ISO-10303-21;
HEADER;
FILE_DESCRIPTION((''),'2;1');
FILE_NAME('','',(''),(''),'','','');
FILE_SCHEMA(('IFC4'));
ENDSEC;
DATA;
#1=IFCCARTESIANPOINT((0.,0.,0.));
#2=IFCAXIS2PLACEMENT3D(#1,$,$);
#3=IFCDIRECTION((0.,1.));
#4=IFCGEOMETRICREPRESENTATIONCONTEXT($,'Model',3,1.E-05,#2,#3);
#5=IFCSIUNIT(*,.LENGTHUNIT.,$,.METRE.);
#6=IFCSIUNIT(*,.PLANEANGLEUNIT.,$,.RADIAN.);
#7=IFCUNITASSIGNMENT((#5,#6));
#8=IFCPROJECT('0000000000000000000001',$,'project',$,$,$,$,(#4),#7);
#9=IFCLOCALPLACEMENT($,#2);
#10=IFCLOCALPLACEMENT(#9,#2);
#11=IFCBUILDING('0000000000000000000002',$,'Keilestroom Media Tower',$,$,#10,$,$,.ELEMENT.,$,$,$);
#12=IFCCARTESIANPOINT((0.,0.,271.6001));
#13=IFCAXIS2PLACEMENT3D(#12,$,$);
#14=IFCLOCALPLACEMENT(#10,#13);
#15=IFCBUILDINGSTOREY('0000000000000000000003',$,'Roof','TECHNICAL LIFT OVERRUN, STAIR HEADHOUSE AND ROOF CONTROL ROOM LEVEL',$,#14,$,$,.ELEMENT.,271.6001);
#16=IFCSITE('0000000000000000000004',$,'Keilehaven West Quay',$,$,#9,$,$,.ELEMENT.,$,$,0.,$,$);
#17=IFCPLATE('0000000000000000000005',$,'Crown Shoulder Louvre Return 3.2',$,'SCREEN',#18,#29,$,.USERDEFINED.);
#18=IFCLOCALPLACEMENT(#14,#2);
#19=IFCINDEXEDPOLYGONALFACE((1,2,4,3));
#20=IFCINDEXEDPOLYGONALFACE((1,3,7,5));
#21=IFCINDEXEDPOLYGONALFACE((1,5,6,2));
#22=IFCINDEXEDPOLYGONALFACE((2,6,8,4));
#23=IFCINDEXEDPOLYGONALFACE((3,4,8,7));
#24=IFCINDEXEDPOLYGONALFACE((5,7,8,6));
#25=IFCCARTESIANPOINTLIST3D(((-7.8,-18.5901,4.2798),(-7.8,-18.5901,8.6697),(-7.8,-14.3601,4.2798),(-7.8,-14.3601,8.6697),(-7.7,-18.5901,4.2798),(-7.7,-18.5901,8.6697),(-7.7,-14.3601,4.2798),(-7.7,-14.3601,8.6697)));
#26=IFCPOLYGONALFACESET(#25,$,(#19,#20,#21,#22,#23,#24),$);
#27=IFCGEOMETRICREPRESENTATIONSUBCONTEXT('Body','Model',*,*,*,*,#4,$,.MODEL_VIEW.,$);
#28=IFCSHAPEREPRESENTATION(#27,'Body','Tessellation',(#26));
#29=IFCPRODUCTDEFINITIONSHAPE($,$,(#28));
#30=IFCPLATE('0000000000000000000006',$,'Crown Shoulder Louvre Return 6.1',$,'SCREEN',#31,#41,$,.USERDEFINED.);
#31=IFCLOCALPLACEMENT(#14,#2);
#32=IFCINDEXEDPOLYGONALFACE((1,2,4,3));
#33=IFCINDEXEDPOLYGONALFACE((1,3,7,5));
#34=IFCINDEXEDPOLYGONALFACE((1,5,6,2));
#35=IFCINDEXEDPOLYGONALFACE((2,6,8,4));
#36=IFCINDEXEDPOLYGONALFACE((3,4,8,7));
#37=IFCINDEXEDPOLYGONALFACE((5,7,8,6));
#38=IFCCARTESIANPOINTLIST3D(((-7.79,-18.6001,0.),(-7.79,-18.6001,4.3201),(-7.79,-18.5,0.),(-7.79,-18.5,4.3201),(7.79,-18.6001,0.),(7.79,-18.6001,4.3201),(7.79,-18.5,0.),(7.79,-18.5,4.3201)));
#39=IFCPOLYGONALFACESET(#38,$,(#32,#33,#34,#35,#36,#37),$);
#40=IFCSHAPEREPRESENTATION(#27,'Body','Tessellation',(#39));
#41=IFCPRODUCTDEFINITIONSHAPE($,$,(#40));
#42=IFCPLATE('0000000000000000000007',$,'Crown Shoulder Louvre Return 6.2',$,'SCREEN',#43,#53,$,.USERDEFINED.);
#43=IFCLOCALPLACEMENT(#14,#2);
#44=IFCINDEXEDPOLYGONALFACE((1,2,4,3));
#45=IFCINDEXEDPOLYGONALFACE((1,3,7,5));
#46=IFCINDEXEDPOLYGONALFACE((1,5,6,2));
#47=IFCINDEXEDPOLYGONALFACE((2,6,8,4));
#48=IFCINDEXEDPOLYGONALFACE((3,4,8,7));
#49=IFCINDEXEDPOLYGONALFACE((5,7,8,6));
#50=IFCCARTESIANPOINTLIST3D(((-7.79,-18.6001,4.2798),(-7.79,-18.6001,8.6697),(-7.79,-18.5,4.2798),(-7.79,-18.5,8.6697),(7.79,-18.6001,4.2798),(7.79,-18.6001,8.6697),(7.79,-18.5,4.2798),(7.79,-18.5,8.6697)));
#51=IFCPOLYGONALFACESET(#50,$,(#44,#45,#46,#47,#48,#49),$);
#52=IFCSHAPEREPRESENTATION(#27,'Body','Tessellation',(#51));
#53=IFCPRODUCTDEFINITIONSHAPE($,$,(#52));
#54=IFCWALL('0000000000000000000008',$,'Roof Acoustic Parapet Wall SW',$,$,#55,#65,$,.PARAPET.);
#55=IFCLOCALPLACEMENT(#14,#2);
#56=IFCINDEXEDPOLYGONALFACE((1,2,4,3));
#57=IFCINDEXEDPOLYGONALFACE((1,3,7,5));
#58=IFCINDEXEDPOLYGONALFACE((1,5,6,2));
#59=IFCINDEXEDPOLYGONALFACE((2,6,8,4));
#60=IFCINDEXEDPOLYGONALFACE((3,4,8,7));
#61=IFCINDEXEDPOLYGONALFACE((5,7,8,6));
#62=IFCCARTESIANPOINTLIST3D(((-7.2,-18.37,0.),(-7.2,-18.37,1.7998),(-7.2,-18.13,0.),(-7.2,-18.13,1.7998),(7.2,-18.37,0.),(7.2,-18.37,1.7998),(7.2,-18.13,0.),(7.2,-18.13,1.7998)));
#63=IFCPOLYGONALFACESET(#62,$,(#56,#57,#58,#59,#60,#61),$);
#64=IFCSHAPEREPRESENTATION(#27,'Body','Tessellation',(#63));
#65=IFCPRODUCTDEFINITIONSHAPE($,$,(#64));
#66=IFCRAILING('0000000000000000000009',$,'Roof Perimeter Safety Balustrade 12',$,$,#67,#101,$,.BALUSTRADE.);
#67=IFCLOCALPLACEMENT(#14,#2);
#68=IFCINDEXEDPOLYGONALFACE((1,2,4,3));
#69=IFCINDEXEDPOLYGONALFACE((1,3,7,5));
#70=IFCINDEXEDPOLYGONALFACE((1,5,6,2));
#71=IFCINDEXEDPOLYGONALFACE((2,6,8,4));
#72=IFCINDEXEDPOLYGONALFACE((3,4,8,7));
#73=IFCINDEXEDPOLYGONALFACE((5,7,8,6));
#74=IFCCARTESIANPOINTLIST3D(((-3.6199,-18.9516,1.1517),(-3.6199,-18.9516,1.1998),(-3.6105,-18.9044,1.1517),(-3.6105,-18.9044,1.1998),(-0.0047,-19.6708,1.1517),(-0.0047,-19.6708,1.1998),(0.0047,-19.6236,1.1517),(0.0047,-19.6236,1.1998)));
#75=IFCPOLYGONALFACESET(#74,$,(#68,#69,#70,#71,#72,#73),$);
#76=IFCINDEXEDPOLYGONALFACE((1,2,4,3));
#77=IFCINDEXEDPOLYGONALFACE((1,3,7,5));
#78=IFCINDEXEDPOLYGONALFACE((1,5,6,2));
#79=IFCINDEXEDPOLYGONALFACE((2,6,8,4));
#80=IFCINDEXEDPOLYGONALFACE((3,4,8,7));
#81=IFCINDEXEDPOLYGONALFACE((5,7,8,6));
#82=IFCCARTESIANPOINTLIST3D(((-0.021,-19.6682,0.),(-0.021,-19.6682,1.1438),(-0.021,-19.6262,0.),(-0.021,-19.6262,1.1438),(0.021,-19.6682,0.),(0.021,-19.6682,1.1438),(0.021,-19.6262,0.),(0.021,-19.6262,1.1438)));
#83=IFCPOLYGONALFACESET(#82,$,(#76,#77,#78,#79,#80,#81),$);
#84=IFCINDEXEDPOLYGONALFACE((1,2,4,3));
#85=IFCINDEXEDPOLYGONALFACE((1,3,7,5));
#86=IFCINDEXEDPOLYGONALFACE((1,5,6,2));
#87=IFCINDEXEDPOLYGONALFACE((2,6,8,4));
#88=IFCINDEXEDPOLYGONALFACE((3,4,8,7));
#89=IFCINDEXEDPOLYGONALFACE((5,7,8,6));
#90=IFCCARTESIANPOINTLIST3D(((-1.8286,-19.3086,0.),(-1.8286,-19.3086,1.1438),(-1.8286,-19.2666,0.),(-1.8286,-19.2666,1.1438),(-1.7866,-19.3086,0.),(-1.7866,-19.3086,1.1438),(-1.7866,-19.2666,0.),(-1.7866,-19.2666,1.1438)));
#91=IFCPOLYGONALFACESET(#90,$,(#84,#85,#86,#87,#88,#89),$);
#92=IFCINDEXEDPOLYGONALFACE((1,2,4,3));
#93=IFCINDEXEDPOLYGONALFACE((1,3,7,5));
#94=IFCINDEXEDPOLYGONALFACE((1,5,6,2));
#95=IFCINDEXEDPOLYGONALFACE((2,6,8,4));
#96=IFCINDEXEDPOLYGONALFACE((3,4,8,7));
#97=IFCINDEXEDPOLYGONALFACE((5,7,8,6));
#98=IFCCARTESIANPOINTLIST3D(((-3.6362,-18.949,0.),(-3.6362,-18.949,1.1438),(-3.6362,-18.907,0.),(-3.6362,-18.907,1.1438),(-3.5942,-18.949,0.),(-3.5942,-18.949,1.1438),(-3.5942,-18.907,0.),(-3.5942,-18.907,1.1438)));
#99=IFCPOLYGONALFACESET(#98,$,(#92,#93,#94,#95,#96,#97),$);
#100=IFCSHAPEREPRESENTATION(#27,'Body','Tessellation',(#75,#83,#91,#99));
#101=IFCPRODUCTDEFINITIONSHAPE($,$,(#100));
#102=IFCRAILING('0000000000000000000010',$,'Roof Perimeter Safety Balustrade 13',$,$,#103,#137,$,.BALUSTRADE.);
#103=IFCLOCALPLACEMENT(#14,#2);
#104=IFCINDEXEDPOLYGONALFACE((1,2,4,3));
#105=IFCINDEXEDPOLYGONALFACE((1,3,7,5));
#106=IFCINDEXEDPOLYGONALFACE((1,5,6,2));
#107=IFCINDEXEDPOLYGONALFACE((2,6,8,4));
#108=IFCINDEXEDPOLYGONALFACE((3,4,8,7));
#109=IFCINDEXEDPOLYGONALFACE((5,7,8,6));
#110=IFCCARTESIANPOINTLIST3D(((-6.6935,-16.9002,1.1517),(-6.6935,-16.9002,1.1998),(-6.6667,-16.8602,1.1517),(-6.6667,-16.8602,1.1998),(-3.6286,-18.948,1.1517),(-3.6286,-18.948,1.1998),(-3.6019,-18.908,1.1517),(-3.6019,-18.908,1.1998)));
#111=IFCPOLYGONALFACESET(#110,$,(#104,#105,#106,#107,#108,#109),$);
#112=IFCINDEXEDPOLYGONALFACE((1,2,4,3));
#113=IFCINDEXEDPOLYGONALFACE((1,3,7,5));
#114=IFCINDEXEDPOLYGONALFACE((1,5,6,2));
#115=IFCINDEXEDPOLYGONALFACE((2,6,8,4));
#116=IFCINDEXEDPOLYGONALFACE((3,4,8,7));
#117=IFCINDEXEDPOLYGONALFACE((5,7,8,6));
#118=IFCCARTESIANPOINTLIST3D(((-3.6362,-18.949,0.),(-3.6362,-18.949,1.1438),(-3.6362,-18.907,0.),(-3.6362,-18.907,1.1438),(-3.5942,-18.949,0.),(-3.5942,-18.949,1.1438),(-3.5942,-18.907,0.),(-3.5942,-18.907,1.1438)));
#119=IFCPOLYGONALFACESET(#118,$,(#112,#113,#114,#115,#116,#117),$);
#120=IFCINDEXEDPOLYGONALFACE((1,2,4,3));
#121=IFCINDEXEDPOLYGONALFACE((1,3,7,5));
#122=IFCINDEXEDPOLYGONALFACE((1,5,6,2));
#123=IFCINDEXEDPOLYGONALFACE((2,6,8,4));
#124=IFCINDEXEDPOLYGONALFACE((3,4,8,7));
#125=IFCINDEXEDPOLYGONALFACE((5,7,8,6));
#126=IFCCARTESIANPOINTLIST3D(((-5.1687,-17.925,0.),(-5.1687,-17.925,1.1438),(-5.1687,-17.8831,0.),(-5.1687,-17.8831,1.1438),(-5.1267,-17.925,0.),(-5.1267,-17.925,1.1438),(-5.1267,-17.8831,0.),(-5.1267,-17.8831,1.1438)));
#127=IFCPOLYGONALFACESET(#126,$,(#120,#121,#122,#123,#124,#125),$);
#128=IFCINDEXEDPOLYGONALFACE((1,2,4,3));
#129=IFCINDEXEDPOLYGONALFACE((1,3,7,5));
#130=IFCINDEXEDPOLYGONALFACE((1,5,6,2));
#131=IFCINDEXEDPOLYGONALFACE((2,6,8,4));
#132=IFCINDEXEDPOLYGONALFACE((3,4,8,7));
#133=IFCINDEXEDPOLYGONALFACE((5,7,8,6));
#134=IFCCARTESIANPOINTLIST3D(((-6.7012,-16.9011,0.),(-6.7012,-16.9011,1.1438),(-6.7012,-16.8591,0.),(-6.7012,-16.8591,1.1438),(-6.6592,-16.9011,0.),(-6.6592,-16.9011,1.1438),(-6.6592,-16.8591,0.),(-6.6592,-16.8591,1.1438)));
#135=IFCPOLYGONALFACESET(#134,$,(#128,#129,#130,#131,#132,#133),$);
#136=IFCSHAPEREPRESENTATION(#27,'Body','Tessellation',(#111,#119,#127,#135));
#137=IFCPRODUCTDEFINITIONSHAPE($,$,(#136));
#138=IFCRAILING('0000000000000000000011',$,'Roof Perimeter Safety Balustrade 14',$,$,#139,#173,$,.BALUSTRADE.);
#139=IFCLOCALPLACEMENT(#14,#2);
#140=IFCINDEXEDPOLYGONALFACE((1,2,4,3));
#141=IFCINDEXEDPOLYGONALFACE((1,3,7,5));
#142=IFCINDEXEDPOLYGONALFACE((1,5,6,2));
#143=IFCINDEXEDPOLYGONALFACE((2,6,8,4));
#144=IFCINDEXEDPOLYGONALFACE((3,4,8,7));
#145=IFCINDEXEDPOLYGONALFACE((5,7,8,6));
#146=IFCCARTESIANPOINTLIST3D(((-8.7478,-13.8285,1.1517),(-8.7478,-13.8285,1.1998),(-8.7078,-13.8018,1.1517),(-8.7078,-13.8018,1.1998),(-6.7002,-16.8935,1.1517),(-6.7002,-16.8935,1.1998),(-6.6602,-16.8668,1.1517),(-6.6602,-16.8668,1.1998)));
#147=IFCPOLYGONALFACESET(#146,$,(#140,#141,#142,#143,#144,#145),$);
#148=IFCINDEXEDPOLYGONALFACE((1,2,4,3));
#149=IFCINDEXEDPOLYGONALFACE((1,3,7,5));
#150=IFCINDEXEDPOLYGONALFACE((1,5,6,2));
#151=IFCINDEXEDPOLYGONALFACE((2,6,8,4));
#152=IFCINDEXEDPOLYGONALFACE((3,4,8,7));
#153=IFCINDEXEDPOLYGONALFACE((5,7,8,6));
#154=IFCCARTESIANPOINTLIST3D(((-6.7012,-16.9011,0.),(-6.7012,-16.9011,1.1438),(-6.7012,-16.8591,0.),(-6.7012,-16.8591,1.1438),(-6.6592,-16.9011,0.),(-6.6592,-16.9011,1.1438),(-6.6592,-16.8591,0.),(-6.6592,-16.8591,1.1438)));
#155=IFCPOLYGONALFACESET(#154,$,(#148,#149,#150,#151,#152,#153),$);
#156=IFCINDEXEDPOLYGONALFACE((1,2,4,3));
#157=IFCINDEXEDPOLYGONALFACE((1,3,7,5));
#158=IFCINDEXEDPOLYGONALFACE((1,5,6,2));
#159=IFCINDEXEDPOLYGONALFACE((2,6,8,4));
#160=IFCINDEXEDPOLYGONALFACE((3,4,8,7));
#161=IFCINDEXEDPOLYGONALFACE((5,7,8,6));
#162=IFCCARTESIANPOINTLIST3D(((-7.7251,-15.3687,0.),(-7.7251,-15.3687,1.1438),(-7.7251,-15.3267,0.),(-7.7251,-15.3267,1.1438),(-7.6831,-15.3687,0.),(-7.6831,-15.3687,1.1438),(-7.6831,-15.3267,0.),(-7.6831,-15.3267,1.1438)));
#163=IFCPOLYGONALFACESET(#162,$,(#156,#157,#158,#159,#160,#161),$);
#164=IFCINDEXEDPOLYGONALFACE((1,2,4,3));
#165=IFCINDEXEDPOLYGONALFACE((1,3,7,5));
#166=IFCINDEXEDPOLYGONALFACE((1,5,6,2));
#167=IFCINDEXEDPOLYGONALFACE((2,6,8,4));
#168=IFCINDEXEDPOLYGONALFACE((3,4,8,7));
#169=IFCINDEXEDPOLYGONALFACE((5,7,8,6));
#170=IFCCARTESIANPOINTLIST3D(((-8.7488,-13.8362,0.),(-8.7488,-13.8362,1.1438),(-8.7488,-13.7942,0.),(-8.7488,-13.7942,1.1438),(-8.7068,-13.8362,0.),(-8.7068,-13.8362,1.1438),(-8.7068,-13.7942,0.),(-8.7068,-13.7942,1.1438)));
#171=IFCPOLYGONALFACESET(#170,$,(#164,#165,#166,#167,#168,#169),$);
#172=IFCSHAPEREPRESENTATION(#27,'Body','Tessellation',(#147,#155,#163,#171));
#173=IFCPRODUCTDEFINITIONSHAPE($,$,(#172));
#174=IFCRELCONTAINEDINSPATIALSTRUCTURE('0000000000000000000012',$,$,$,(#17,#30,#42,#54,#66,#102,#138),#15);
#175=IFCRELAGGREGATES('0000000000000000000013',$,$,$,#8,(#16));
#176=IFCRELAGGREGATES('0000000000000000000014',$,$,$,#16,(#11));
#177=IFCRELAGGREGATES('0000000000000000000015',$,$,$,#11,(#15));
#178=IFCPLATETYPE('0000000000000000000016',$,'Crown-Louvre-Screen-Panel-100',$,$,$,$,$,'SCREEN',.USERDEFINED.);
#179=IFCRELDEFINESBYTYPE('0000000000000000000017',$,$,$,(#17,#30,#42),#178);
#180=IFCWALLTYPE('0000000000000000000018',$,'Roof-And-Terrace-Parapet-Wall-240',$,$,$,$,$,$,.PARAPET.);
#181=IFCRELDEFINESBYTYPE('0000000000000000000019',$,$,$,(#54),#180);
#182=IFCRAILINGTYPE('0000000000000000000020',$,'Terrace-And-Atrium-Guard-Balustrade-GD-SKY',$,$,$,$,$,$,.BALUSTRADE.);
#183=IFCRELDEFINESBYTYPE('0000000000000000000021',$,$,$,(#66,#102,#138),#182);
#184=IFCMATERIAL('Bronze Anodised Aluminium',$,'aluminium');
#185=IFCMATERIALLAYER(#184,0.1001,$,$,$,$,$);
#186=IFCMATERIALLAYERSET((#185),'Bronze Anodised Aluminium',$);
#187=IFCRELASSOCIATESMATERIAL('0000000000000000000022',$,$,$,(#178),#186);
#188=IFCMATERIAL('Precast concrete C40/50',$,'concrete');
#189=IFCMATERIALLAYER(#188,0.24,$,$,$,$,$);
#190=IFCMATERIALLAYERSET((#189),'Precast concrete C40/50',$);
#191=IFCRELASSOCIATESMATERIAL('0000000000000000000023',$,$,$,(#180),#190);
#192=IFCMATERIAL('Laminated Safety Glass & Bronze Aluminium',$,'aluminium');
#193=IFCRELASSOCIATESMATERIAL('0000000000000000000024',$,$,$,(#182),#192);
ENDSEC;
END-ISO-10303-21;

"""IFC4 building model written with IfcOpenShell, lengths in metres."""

from ifc_helpers import new_model, si_unit, direction, frame, frame_2d, origin, origin_2d, place, context, subcontext, project, spatial, rectangle, extrude, source, transform, mapped, material, layer, layer_set, type_object, element, save


model = new_model("IFC4")

# Units and contexts
model_context = context("Model", 3, precision=1e-05, world=origin(), true_north=direction((0.0, 1.0)))
body_context = subcontext(model_context, "Body", "Model", "MODEL_VIEW")
ifc_project = project(units=[si_unit("LENGTHUNIT", "METRE"), si_unit("PLANEANGLEUNIT", "RADIAN")], contexts=[model_context])

# Site, building, storey
site_placement = place(None, origin())
site = spatial("IfcSite", under=ifc_project, at=site_placement, Name="Keilehaven West Quay", CompositionType="ELEMENT", RefElevation=0.0)
building_placement = place(site_placement, origin())
building = spatial("IfcBuilding", under=site, at=building_placement, Name="Keilestroom Media Tower", CompositionType="ELEMENT")
storey_placement = place(building_placement, frame((0.0, 0.0, 271.6001)))
storey = spatial("IfcBuildingStorey", under=building, at=storey_placement, Name="Roof", Description="TECHNICAL LIFT OVERRUN, STAIR HEADHOUSE AND ROOF CONTROL ROOM LEVEL", CompositionType="ELEMENT", Elevation=271.6001)

# Shared definitions
ifc_material_1 = material(Name="Precast concrete C40/50", Category="concrete")

# Plates
ifc_material_2 = material(Name="Bronze Anodised Aluminium", Category="aluminium")
ifc_layer_1 = layer(ifc_material_2, 0.1001)
ifc_layer_set_1 = layer_set([ifc_layer_1], Name="Bronze Anodised Aluminium")
plate_type = type_object("IfcPlateType", Name="Crown-Louvre-Screen-Panel-100", ElementType="SCREEN", PredefinedType="USERDEFINED", material=ifc_layer_set_1)
shared_shape_1 = source(origin(), body_context, "Body", "SweptSolid", [
    extrude(rectangle(XDim=4.23, YDim=0.1001, at=origin_2d()), origin(), (0.0, 0.0, 1.0), 4.3899),
])
plate_1_placement = place(storey_placement, frame((-7.75, -16.4751, 4.2798), z_axis=(0.0, 0.0, 1.0), x_axis=(0.0, 1.0, 0.0)))
element("IfcPlate", 1, at=plate_1_placement, inside=storey, type_object=plate_type, Name="Crown Shoulder Louvre Return 3.2", ObjectType="SCREEN", PredefinedType="USERDEFINED", context=body_context, shape_type="MappedRepresentation", body=[
    mapped(shared_shape_1, transform((0.0, 0.0, 0.0), x_axis=(1.0, 0.0, 0.0), y_axis=(0.0, 1.0, 0.0), z_axis=(0.0, 0.0, 1.0), scale=1.0)),
])
shared_shape_2 = source(origin(), body_context, "Body", "SweptSolid", [
    extrude(rectangle(XDim=15.5801, YDim=0.1001, at=origin_2d()), origin(), (0.0, 0.0, 1.0), 4.3201),
])
plate_2_placement = place(storey_placement, frame((0.0, -18.55, 0.0), z_axis=(0.0, 0.0, 1.0), x_axis=(1.0, 0.0, 0.0)))
element("IfcPlate", 2, at=plate_2_placement, inside=storey, type_object=plate_type, Name="Crown Shoulder Louvre Return 6.1", ObjectType="SCREEN", PredefinedType="USERDEFINED", context=body_context, shape_type="MappedRepresentation", body=[
    mapped(shared_shape_2, transform((0.0, 0.0, 0.0), x_axis=(1.0, 0.0, 0.0), y_axis=(0.0, 1.0, 0.0), z_axis=(0.0, 0.0, 1.0), scale=1.0)),
])
shared_shape_3 = source(origin(), body_context, "Body", "SweptSolid", [
    extrude(rectangle(XDim=15.5801, YDim=0.1001, at=origin_2d()), origin(), (0.0, 0.0, 1.0), 4.3899),
])
plate_3_placement = place(storey_placement, frame((0.0, -18.55, 4.2798), z_axis=(0.0, 0.0, 1.0), x_axis=(1.0, 0.0, 0.0)))
element("IfcPlate", 3, at=plate_3_placement, inside=storey, type_object=plate_type, Name="Crown Shoulder Louvre Return 6.2", ObjectType="SCREEN", PredefinedType="USERDEFINED", context=body_context, shape_type="MappedRepresentation", body=[
    mapped(shared_shape_3, transform((0.0, 0.0, 0.0), x_axis=(1.0, 0.0, 0.0), y_axis=(0.0, 1.0, 0.0), z_axis=(0.0, 0.0, 1.0), scale=1.0)),
])

# Wall
ifc_layer_2 = layer(ifc_material_1, 0.24)
ifc_layer_set_2 = layer_set([ifc_layer_2], Name="Precast concrete C40/50")
wall_type = type_object("IfcWallType", Name="Roof-And-Terrace-Parapet-Wall-240", PredefinedType="PARAPET", material=ifc_layer_set_2)
wall_placement = place(storey_placement, frame((-7.2, -18.25, 0.0), z_axis=(0.0, 0.0, 1.0), x_axis=(1.0, 0.0, 0.0)))
element("IfcWall", 4, at=wall_placement, inside=storey, type_object=wall_type, Name="Roof Acoustic Parapet Wall SW", PredefinedType="PARAPET", context=body_context, shape_type="SweptSolid", body=[
    extrude(rectangle(XDim=14.3999, YDim=0.24, at=frame_2d((7.2, 0.0))), origin(), (0.0, 0.0, 1.0), 1.7998),
])

# Railings
ifc_material_3 = material(Name="Laminated Safety Glass & Bronze Aluminium", Category="aluminium")
railing_type = type_object("IfcRailingType", Name="Terrace-And-Atrium-Guard-Balustrade-GD-SKY", PredefinedType="BALUSTRADE", material=ifc_material_3)
railing_1_placement = place(storey_placement, frame((0.0, -19.6472, 0.0)))
element("IfcRailing", 5, at=railing_1_placement, inside=storey, type_object=railing_type, Name="Roof Perimeter Safety Balustrade 12", PredefinedType="BALUSTRADE", context=body_context, shape_type="SweptSolid", body=[
    extrude(rectangle(XDim=0.0481, YDim=0.0481, at=origin_2d()), frame((0.0, 0.0, 1.1758), z_axis=(-0.980779, 0.195123, 0.0), x_axis=(-0.195123, -0.980779, 0.0)), (0.0, 0.0, 1.0), 3.686),
    extrude(rectangle(XDim=0.042, YDim=0.042, at=origin_2d()), origin(), (0.0, 0.0, 1.0), 1.1438),
    extrude(rectangle(XDim=0.042, YDim=0.042, at=origin_2d()), frame((-1.8076, 0.3596, 0.0)), (0.0, 0.0, 1.0), 1.1438),
    extrude(rectangle(XDim=0.042, YDim=0.042, at=origin_2d()), frame((-3.6152, 0.7192, 0.0)), (0.0, 0.0, 1.0), 1.1438),
])
railing_2_placement = place(storey_placement, frame((-3.6152, -18.928, 0.0)))
element("IfcRailing", 6, at=railing_2_placement, inside=storey, type_object=railing_type, Name="Roof Perimeter Safety Balustrade 13", PredefinedType="BALUSTRADE", context=body_context, shape_type="SweptSolid", body=[
    extrude(rectangle(XDim=0.0481, YDim=0.0481, at=origin_2d()), frame((0.0, 0.0, 1.1758), z_axis=(-0.831479, 0.555556, 0.0), x_axis=(-0.555556, -0.831479, 0.0)), (0.0, 0.0, 1.0), 3.686),
    extrude(rectangle(XDim=0.042, YDim=0.042, at=origin_2d()), origin(), (0.0, 0.0, 1.0), 1.1438),
    extrude(rectangle(XDim=0.042, YDim=0.042, at=origin_2d()), frame((-1.5325, 1.0239, 0.0)), (0.0, 0.0, 1.0), 1.1438),
    extrude(rectangle(XDim=0.042, YDim=0.042, at=origin_2d()), frame((-3.0649, 2.0479, 0.0)), (0.0, 0.0, 1.0), 1.1438),
])
railing_3_placement = place(storey_placement, frame((-6.6802, -16.8801, 0.0)))
element("IfcRailing", 7, at=railing_3_placement, inside=storey, type_object=railing_type, Name="Roof Perimeter Safety Balustrade 14", PredefinedType="BALUSTRADE", context=body_context, shape_type="SweptSolid", body=[
    extrude(rectangle(XDim=0.0481, YDim=0.0481, at=origin_2d()), frame((0.0, 0.0, 1.1758), z_axis=(-0.55551, 0.83151, 0.0), x_axis=(-0.83151, -0.55551, 0.0)), (0.0, 0.0, 1.0), 3.686),
    extrude(rectangle(XDim=0.042, YDim=0.042, at=origin_2d()), origin(), (0.0, 0.0, 1.0), 1.1438),
    extrude(rectangle(XDim=0.042, YDim=0.042, at=origin_2d()), frame((-1.0239, 1.5325, 0.0)), (0.0, 0.0, 1.0), 1.1438),
    extrude(rectangle(XDim=0.042, YDim=0.042, at=origin_2d()), frame((-2.0476, 3.0649, 0.0)), (0.0, 0.0, 1.0), 1.1438),
])

save(model, "model.ifc")
